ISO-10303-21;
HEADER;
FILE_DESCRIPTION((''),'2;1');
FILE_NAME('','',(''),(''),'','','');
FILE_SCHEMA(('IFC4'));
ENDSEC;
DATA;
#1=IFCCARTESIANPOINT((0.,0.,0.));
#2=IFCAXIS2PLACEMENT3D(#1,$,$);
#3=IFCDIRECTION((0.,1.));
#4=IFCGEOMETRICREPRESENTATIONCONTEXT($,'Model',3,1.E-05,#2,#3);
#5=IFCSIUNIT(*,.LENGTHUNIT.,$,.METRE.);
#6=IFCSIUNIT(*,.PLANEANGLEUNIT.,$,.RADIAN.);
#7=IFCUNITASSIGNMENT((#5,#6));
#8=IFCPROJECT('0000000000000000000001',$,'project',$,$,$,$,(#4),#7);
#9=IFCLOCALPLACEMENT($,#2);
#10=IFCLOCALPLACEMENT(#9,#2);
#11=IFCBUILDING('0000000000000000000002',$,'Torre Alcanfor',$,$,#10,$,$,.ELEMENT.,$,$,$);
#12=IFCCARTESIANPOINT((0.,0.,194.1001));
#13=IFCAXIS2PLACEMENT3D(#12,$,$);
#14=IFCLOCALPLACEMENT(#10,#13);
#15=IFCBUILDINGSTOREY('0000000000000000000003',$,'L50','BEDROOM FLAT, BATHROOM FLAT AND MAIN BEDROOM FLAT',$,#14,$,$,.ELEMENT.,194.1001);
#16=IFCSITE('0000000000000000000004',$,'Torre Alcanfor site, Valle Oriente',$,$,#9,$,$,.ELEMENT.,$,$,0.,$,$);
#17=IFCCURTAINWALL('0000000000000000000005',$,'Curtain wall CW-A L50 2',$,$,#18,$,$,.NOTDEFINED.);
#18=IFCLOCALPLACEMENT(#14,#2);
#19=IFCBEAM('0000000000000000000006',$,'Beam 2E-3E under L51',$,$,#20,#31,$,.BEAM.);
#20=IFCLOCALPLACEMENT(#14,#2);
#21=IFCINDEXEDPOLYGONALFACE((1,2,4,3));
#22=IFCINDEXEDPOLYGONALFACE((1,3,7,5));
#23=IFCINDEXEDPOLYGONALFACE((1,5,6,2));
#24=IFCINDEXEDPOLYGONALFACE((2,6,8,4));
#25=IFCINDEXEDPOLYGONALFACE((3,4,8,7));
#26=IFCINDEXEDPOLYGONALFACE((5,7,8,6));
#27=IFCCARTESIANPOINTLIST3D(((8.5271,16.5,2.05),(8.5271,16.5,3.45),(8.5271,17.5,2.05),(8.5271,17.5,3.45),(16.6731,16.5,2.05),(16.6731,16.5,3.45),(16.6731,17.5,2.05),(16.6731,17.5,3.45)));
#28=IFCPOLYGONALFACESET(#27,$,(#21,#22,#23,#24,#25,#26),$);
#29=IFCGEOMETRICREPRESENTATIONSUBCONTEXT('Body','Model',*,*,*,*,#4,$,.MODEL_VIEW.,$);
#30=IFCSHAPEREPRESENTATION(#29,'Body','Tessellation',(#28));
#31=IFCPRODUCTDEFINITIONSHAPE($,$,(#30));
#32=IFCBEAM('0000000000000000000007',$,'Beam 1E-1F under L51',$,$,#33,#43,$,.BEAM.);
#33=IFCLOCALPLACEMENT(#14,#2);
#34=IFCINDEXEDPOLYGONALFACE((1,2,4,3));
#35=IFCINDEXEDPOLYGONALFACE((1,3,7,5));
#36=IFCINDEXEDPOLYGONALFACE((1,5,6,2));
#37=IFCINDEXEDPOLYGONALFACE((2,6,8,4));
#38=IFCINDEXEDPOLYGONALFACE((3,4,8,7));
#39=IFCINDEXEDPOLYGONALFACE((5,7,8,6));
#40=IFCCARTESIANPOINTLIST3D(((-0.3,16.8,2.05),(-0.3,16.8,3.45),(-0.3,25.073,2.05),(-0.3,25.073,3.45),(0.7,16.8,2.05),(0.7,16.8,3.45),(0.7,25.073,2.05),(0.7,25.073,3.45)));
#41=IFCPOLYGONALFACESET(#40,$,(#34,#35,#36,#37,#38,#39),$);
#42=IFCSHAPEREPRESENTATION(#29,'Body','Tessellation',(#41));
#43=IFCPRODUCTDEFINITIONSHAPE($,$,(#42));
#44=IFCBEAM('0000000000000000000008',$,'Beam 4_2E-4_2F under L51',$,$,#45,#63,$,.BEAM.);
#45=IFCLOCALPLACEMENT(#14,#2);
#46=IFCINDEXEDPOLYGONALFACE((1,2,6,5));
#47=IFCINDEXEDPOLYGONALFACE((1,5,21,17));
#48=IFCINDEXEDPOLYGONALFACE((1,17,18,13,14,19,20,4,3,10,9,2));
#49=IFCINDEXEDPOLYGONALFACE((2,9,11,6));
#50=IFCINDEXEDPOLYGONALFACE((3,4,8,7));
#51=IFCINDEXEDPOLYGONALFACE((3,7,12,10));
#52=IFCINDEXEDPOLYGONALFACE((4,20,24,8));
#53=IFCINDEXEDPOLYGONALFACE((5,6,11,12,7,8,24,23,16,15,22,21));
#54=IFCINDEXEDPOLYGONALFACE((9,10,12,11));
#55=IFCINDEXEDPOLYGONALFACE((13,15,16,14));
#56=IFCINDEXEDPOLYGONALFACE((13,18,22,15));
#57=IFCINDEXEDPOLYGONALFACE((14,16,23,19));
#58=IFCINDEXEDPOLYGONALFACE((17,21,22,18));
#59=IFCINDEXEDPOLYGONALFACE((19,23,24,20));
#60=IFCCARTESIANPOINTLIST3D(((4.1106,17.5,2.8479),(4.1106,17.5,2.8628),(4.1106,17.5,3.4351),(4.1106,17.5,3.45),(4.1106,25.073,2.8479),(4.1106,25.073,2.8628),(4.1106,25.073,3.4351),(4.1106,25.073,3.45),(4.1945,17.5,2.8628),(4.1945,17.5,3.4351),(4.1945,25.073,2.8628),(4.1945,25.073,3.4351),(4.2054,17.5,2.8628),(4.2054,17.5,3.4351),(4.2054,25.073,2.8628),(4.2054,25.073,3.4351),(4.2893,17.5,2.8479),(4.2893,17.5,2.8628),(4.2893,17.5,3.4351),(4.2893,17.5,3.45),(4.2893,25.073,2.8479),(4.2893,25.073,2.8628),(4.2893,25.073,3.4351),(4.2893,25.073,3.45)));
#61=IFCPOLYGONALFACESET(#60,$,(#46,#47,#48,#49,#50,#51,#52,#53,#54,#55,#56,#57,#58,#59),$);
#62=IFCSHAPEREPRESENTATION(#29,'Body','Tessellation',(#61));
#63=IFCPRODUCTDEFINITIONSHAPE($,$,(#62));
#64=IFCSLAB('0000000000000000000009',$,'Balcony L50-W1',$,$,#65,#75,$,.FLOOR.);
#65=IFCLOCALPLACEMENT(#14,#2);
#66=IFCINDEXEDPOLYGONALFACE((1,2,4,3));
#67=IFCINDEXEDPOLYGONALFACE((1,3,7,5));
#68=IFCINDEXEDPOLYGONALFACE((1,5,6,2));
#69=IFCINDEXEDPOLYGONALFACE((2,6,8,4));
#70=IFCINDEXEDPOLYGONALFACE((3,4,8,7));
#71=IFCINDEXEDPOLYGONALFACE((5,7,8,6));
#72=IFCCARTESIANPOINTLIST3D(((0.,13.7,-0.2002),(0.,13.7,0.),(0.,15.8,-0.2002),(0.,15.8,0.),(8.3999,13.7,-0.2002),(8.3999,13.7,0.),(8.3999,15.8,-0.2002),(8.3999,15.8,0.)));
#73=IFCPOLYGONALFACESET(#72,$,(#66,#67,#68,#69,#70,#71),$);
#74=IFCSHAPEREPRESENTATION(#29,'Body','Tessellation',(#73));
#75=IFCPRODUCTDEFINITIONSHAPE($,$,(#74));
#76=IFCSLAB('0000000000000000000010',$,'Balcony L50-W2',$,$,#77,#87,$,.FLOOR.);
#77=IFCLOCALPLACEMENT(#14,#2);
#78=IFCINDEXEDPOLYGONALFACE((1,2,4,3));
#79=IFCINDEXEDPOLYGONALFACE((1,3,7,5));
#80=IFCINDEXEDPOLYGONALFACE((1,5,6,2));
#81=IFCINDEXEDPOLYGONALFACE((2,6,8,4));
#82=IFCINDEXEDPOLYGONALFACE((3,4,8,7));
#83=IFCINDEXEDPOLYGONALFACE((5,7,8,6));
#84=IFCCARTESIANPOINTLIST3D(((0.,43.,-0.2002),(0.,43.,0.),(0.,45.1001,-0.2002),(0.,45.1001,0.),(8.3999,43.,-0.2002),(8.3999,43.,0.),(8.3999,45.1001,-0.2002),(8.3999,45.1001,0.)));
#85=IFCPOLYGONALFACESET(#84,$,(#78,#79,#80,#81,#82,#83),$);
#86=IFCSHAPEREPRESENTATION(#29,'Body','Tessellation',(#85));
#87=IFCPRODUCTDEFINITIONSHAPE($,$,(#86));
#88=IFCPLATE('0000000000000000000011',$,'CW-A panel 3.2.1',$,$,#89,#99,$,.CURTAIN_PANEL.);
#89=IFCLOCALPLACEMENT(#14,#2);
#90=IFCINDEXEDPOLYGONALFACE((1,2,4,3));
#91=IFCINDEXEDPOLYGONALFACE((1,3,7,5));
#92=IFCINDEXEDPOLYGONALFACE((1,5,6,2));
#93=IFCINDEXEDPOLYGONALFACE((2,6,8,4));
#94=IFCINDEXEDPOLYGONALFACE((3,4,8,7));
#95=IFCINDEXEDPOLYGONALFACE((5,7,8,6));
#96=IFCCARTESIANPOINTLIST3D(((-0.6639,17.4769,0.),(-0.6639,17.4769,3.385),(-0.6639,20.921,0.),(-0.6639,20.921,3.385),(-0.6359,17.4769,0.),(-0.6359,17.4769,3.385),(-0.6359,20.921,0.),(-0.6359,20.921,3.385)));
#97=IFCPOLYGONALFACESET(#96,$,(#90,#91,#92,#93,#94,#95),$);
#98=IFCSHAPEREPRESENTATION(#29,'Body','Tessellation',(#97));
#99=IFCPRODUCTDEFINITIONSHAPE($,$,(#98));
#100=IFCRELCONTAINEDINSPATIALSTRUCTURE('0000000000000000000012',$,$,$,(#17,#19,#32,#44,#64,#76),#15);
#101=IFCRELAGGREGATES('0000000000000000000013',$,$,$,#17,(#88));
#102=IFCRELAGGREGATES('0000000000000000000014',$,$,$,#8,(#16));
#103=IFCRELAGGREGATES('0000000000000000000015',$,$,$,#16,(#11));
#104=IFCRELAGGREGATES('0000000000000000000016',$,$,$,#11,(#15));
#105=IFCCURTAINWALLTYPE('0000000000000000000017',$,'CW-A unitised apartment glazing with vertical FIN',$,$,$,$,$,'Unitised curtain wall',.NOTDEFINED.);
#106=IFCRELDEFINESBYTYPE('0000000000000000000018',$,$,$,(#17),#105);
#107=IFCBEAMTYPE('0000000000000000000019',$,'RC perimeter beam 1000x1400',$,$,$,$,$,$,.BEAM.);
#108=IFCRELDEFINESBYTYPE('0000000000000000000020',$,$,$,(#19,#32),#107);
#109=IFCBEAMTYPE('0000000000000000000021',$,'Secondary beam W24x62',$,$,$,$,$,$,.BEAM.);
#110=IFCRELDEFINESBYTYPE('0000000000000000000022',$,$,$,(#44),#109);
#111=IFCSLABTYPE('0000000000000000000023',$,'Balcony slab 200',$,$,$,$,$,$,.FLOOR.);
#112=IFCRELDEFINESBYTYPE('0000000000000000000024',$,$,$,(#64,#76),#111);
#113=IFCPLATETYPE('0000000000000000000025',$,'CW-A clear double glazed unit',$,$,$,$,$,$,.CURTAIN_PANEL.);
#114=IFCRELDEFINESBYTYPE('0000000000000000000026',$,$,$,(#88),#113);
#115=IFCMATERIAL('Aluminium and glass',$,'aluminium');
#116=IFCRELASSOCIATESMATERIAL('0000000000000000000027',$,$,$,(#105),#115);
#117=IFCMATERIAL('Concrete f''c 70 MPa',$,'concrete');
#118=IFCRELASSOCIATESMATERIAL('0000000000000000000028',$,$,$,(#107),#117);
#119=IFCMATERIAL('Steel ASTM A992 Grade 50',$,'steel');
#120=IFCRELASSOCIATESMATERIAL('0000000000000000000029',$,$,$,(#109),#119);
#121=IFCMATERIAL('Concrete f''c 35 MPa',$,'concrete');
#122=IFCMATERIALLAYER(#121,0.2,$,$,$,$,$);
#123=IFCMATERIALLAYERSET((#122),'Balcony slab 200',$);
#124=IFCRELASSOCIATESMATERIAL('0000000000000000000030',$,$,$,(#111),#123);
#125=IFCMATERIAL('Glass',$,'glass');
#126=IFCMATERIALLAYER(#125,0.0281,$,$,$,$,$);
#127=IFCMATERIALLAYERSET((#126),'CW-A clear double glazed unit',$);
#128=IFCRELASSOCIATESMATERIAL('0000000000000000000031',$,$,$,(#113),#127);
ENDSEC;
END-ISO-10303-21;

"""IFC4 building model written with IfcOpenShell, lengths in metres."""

from ifc_helpers import new_model, si_unit, direction, frame, origin, origin_2d, place, context, subcontext, project, spatial, polyline, rectangle, i_section, outline, extrude, material, layer, layer_set, material_profile, profile_set, type_object, element, aggregate, save


model = new_model("IFC4")

# Units and contexts
model_context = context("Model", 3, precision=1e-05, world=origin(), true_north=direction((0.0, 1.0)))
body_context = subcontext(model_context, "Body", "Model", "MODEL_VIEW")
ifc_project = project(units=[si_unit("LENGTHUNIT", "METRE"), si_unit("PLANEANGLEUNIT", "RADIAN")], contexts=[model_context])

# Site, building, storey
site_placement = place(None, origin())
site = spatial("IfcSite", under=ifc_project, at=site_placement, Name="Torre Alcanfor site, Valle Oriente", CompositionType="ELEMENT", RefElevation=0.0)
building_placement = place(site_placement, origin())
building = spatial("IfcBuilding", under=site, at=building_placement, Name="Torre Alcanfor", CompositionType="ELEMENT")
storey_placement = place(building_placement, frame((0.0, 0.0, 194.1001)))
storey = spatial("IfcBuildingStorey", under=building, at=storey_placement, Name="L50", Description="BEDROOM FLAT, BATHROOM FLAT AND MAIN BEDROOM FLAT", CompositionType="ELEMENT", Elevation=194.1001)

# Curtain wall
ifc_material_1 = material(Name="Aluminium and glass", Category="aluminium")
curtain_wall_type = type_object("IfcCurtainWallType", Name="CW-A unitised apartment glazing with vertical FIN", ElementType="Unitised curtain wall", PredefinedType="NOTDEFINED", material=ifc_material_1)
curtain_wall_placement = place(storey_placement, origin())
curtain_wall = element("IfcCurtainWall", 1, at=curtain_wall_placement, inside=storey, type_object=curtain_wall_type, Name="Curtain wall CW-A L50 2", PredefinedType="NOTDEFINED")

# Beams
ifc_material_2 = material(Name="Concrete f'c 70 MPa", Category="concrete")
ifc_material_profile_1 = material_profile(ifc_material_2, rectangle(XDim=1.0, YDim=1.3999, at=origin_2d()), Name="1000x1400")
ifc_profile_set_1 = profile_set([ifc_material_profile_1], Name="Concrete f'c 70 MPa")
beam_type_1 = type_object("IfcBeamType", Name="RC perimeter beam 1000x1400", PredefinedType="BEAM", material=ifc_profile_set_1)
beam_1_placement = place(storey_placement, frame((8.5271, 17.0, 2.75), z_axis=(1.0, 0.0, 0.0), x_axis=(0.0, 1.0, 0.0)))
element("IfcBeam", 2, at=beam_1_placement, inside=storey, type_object=beam_type_1, Name="Beam 2E-3E under L51", PredefinedType="BEAM", context=body_context, shape_type="SweptSolid", body=[
    extrude(rectangle(XDim=1.0, YDim=1.3999, at=origin_2d()), origin(), (0.0, 0.0, 1.0), 8.146),
])
beam_2_placement = place(storey_placement, frame((0.2, 16.8, 2.75), z_axis=(0.0, 1.0, 0.0), x_axis=(-1.0, 0.0, 0.0)))
element("IfcBeam", 3, at=beam_2_placement, inside=storey, type_object=beam_type_1, Name="Beam 1E-1F under L51", PredefinedType="BEAM", context=body_context, shape_type="SweptSolid", body=[
    extrude(rectangle(XDim=1.0, YDim=1.3999, at=origin_2d()), origin(), (0.0, 0.0, 1.0), 8.2729),
])
ifc_material_3 = material(Name="Steel ASTM A992 Grade 50", Category="steel")
ifc_material_profile_2 = material_profile(ifc_material_3, i_section(OverallWidth=0.1787, OverallDepth=0.6021, WebThickness=0.011, FlangeThickness=0.0149, at=origin_2d()), Name="W24x62")
ifc_profile_set_2 = profile_set([ifc_material_profile_2], Name="Steel ASTM A992 Grade 50")
beam_type_2 = type_object("IfcBeamType", Name="Secondary beam W24x62", PredefinedType="BEAM", material=ifc_profile_set_2)
beam_3_placement = place(storey_placement, frame((4.2, 17.5, 3.1489), z_axis=(0.0, 1.0, 0.0), x_axis=(-1.0, 0.0, 0.0)))
element("IfcBeam", 4, at=beam_3_placement, inside=storey, type_object=beam_type_2, Name="Beam 4_2E-4_2F under L51", PredefinedType="BEAM", context=body_context, shape_type="SweptSolid", body=[
    extrude(i_section(OverallWidth=0.1787, OverallDepth=0.6021, WebThickness=0.011, FlangeThickness=0.0149, at=origin_2d()), origin(), (0.0, 0.0, 1.0), 7.573),
])

# Slabs
ifc_material_4 = material(Name="Concrete f'c 35 MPa", Category="concrete")
ifc_layer_1 = layer(ifc_material_4, 0.2)
ifc_layer_set_1 = layer_set([ifc_layer_1], Name="Balcony slab 200")
slab_type_1 = type_object("IfcSlabType", Name="Balcony slab 200", PredefinedType="FLOOR", material=ifc_layer_set_1)
slab_1_placement = place(storey_placement, frame((0.0, 0.0, -0.2002)))
element("IfcSlab", 5, at=slab_1_placement, inside=storey, type_object=slab_type_1, Name="Balcony L50-W1", PredefinedType="FLOOR", context=body_context, shape_type="SweptSolid", body=[
    extrude(outline(polyline([(8.3999, 15.8), (0.0, 15.8), (0.0, 13.7), (8.3999, 13.7), (8.3999, 15.8)])), origin(), (0.0, 0.0, 1.0), 0.2002),
])
slab_2_placement = place(storey_placement, frame((0.0, 0.0, -0.2002)))
element("IfcSlab", 6, at=slab_2_placement, inside=storey, type_object=slab_type_1, Name="Balcony L50-W2", PredefinedType="FLOOR", context=body_context, shape_type="SweptSolid", body=[
    extrude(outline(polyline([(8.3999, 45.1001), (0.0, 45.1001), (0.0, 43.0), (8.3999, 43.0), (8.3999, 45.1001)])), origin(), (0.0, 0.0, 1.0), 0.2002),
])

# Plate
ifc_material_5 = material(Name="Glass", Category="glass")
ifc_layer_2 = layer(ifc_material_5, 0.0281)
ifc_layer_set_2 = layer_set([ifc_layer_2], Name="CW-A clear double glazed unit")
plate_type = type_object("IfcPlateType", Name="CW-A clear double glazed unit", PredefinedType="CURTAIN_PANEL", material=ifc_layer_set_2)
plate_placement = place(storey_placement, frame((-0.6499, 19.199, 0.0), z_axis=(0.0, 0.0, 1.0), x_axis=(0.0, -1.0, 0.0)))
plate = element("IfcPlate", 7, at=plate_placement, type_object=plate_type, Name="CW-A panel 3.2.1", PredefinedType="CURTAIN_PANEL", context=body_context, shape_type="SweptSolid", body=[
    extrude(rectangle(XDim=3.4441, YDim=0.0281, at=origin_2d()), origin(), (0.0, 0.0, 1.0), 3.385),
])
aggregate(curtain_wall, [plate])

save(model, "model.ifc")
